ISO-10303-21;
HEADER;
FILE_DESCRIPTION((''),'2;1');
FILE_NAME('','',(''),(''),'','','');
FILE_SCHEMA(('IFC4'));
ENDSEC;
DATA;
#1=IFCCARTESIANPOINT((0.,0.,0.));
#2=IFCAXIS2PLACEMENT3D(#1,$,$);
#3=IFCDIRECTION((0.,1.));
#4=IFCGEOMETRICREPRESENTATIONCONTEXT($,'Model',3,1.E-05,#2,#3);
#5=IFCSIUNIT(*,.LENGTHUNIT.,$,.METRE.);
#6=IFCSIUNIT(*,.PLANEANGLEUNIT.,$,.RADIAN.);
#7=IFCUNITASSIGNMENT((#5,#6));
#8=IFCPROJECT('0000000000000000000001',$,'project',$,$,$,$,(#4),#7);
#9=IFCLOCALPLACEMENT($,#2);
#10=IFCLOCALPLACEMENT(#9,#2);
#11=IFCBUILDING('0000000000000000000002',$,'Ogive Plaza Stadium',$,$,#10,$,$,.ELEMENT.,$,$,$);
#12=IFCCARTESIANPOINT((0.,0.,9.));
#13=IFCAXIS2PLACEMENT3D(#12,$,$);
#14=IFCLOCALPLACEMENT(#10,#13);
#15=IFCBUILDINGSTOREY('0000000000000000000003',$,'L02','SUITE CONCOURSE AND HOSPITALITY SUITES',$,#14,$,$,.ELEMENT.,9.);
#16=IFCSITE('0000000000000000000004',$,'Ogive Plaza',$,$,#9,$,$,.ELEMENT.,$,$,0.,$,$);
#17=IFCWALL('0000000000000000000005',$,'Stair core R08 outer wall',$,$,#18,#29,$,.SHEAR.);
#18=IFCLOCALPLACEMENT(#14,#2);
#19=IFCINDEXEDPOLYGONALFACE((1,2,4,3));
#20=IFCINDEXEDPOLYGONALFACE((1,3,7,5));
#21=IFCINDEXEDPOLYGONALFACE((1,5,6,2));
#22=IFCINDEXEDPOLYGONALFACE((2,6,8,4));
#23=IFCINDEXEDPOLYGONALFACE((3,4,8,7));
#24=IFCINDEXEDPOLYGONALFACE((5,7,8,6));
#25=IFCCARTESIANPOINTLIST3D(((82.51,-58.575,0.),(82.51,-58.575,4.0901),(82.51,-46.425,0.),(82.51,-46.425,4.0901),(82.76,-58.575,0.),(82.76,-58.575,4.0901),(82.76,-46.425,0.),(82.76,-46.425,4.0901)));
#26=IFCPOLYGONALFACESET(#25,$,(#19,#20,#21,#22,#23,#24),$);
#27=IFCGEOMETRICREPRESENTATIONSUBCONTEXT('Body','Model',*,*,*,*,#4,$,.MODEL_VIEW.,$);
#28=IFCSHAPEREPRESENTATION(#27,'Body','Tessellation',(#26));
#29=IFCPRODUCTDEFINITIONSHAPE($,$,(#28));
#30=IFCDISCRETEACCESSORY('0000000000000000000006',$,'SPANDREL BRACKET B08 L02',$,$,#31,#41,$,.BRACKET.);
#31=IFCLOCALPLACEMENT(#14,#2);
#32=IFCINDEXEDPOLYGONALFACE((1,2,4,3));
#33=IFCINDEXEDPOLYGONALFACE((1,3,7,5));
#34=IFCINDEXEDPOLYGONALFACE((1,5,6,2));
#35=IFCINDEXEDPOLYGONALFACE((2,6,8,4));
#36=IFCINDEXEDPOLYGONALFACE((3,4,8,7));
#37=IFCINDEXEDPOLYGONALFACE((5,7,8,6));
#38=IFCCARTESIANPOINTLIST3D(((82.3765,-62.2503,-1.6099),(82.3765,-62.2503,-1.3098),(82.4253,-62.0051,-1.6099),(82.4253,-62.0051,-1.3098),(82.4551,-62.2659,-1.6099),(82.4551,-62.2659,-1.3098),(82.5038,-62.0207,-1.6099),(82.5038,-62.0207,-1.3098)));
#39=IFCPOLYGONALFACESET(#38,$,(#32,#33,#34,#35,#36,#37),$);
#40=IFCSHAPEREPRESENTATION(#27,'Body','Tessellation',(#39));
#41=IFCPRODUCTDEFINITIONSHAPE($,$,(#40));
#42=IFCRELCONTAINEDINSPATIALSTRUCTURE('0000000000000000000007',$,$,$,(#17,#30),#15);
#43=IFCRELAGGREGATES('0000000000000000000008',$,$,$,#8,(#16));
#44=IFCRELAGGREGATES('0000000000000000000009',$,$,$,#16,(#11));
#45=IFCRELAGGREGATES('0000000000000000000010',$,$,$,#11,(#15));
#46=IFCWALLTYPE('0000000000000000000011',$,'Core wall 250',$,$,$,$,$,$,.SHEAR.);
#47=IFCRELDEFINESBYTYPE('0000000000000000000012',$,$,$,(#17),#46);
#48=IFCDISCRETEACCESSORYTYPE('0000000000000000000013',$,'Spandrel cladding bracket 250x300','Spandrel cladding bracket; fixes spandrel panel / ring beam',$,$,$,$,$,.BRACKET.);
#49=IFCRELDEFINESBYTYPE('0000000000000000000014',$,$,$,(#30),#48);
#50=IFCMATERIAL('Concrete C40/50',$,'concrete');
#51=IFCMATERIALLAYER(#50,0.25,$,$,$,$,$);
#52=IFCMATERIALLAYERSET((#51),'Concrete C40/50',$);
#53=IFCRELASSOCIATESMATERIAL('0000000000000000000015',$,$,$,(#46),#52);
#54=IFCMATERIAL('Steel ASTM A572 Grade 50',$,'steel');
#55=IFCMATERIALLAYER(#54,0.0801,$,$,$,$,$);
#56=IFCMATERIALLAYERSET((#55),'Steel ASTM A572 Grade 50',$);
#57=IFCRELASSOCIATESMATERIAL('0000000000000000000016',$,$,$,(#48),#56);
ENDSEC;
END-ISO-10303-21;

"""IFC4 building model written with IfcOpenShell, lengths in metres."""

from ifc_helpers import new_model, si_unit, direction, frame, frame_2d, origin, origin_2d, place, context, subcontext, project, spatial, rectangle, extrude, material, layer, layer_set, type_object, element, save


model = new_model("IFC4")

# Units and contexts
model_context = context("Model", 3, precision=1e-05, world=origin(), true_north=direction((0.0, 1.0)))
body_context = subcontext(model_context, "Body", "Model", "MODEL_VIEW")
ifc_project = project(units=[si_unit("LENGTHUNIT", "METRE"), si_unit("PLANEANGLEUNIT", "RADIAN")], contexts=[model_context])

# Site, building, storey
site_placement = place(None, origin())
site = spatial("IfcSite", under=ifc_project, at=site_placement, Name="Ogive Plaza", CompositionType="ELEMENT", RefElevation=0.0)
building_placement = place(site_placement, origin())
building = spatial("IfcBuilding", under=site, at=building_placement, Name="Ogive Plaza Stadium", CompositionType="ELEMENT")
storey_placement = place(building_placement, frame((0.0, 0.0, 9.0)))
storey = spatial("IfcBuildingStorey", under=building, at=storey_placement, Name="L02", Description="SUITE CONCOURSE AND HOSPITALITY SUITES", CompositionType="ELEMENT", Elevation=9.0)

# Wall
ifc_material_1 = material(Name="Concrete C40/50", Category="concrete")
ifc_layer_1 = layer(ifc_material_1, 0.25)
ifc_layer_set_1 = layer_set([ifc_layer_1], Name="Concrete C40/50")
wall_type = type_object("IfcWallType", Name="Core wall 250", PredefinedType="SHEAR", material=ifc_layer_set_1)
wall_placement = place(storey_placement, frame((82.635, -58.575, 0.0), z_axis=(0.0, 0.0, 1.0), x_axis=(0.0, 1.0, 0.0)))
element("IfcWall", 1, at=wall_placement, inside=storey, type_object=wall_type, Name="Stair core R08 outer wall", PredefinedType="SHEAR", context=body_context, shape_type="SweptSolid", body=[
    extrude(rectangle(XDim=12.1499, YDim=0.25, at=frame_2d((6.075, 0.0))), origin(), (0.0, 0.0, 1.0), 4.0901),
])

# Discrete accessory
ifc_material_2 = material(Name="Steel ASTM A572 Grade 50", Category="steel")
ifc_layer_2 = layer(ifc_material_2, 0.0801)
ifc_layer_set_2 = layer_set([ifc_layer_2], Name="Steel ASTM A572 Grade 50")
discrete_accessory_type = type_object("IfcDiscreteAccessoryType", Name="Spandrel cladding bracket 250x300", Description="Spandrel cladding bracket; fixes spandrel panel / ring beam", PredefinedType="BRACKET", material=ifc_layer_set_2)
discrete_accessory_placement = place(storey_placement, frame((82.4402, -62.1355, -1.6099), z_axis=(0.0, 0.0, 1.0), x_axis=(-0.19509, -0.980785, 0.0)))
element("IfcDiscreteAccessory", 2, at=discrete_accessory_placement, inside=storey, type_object=discrete_accessory_type, Name="SPANDREL BRACKET B08 L02", PredefinedType="BRACKET", context=body_context, shape_type="SweptSolid", body=[
    extrude(rectangle(XDim=0.25, YDim=0.0801, at=origin_2d()), origin(), (0.0, 0.0, 1.0), 0.3),
])

save(model, "model.ifc")
